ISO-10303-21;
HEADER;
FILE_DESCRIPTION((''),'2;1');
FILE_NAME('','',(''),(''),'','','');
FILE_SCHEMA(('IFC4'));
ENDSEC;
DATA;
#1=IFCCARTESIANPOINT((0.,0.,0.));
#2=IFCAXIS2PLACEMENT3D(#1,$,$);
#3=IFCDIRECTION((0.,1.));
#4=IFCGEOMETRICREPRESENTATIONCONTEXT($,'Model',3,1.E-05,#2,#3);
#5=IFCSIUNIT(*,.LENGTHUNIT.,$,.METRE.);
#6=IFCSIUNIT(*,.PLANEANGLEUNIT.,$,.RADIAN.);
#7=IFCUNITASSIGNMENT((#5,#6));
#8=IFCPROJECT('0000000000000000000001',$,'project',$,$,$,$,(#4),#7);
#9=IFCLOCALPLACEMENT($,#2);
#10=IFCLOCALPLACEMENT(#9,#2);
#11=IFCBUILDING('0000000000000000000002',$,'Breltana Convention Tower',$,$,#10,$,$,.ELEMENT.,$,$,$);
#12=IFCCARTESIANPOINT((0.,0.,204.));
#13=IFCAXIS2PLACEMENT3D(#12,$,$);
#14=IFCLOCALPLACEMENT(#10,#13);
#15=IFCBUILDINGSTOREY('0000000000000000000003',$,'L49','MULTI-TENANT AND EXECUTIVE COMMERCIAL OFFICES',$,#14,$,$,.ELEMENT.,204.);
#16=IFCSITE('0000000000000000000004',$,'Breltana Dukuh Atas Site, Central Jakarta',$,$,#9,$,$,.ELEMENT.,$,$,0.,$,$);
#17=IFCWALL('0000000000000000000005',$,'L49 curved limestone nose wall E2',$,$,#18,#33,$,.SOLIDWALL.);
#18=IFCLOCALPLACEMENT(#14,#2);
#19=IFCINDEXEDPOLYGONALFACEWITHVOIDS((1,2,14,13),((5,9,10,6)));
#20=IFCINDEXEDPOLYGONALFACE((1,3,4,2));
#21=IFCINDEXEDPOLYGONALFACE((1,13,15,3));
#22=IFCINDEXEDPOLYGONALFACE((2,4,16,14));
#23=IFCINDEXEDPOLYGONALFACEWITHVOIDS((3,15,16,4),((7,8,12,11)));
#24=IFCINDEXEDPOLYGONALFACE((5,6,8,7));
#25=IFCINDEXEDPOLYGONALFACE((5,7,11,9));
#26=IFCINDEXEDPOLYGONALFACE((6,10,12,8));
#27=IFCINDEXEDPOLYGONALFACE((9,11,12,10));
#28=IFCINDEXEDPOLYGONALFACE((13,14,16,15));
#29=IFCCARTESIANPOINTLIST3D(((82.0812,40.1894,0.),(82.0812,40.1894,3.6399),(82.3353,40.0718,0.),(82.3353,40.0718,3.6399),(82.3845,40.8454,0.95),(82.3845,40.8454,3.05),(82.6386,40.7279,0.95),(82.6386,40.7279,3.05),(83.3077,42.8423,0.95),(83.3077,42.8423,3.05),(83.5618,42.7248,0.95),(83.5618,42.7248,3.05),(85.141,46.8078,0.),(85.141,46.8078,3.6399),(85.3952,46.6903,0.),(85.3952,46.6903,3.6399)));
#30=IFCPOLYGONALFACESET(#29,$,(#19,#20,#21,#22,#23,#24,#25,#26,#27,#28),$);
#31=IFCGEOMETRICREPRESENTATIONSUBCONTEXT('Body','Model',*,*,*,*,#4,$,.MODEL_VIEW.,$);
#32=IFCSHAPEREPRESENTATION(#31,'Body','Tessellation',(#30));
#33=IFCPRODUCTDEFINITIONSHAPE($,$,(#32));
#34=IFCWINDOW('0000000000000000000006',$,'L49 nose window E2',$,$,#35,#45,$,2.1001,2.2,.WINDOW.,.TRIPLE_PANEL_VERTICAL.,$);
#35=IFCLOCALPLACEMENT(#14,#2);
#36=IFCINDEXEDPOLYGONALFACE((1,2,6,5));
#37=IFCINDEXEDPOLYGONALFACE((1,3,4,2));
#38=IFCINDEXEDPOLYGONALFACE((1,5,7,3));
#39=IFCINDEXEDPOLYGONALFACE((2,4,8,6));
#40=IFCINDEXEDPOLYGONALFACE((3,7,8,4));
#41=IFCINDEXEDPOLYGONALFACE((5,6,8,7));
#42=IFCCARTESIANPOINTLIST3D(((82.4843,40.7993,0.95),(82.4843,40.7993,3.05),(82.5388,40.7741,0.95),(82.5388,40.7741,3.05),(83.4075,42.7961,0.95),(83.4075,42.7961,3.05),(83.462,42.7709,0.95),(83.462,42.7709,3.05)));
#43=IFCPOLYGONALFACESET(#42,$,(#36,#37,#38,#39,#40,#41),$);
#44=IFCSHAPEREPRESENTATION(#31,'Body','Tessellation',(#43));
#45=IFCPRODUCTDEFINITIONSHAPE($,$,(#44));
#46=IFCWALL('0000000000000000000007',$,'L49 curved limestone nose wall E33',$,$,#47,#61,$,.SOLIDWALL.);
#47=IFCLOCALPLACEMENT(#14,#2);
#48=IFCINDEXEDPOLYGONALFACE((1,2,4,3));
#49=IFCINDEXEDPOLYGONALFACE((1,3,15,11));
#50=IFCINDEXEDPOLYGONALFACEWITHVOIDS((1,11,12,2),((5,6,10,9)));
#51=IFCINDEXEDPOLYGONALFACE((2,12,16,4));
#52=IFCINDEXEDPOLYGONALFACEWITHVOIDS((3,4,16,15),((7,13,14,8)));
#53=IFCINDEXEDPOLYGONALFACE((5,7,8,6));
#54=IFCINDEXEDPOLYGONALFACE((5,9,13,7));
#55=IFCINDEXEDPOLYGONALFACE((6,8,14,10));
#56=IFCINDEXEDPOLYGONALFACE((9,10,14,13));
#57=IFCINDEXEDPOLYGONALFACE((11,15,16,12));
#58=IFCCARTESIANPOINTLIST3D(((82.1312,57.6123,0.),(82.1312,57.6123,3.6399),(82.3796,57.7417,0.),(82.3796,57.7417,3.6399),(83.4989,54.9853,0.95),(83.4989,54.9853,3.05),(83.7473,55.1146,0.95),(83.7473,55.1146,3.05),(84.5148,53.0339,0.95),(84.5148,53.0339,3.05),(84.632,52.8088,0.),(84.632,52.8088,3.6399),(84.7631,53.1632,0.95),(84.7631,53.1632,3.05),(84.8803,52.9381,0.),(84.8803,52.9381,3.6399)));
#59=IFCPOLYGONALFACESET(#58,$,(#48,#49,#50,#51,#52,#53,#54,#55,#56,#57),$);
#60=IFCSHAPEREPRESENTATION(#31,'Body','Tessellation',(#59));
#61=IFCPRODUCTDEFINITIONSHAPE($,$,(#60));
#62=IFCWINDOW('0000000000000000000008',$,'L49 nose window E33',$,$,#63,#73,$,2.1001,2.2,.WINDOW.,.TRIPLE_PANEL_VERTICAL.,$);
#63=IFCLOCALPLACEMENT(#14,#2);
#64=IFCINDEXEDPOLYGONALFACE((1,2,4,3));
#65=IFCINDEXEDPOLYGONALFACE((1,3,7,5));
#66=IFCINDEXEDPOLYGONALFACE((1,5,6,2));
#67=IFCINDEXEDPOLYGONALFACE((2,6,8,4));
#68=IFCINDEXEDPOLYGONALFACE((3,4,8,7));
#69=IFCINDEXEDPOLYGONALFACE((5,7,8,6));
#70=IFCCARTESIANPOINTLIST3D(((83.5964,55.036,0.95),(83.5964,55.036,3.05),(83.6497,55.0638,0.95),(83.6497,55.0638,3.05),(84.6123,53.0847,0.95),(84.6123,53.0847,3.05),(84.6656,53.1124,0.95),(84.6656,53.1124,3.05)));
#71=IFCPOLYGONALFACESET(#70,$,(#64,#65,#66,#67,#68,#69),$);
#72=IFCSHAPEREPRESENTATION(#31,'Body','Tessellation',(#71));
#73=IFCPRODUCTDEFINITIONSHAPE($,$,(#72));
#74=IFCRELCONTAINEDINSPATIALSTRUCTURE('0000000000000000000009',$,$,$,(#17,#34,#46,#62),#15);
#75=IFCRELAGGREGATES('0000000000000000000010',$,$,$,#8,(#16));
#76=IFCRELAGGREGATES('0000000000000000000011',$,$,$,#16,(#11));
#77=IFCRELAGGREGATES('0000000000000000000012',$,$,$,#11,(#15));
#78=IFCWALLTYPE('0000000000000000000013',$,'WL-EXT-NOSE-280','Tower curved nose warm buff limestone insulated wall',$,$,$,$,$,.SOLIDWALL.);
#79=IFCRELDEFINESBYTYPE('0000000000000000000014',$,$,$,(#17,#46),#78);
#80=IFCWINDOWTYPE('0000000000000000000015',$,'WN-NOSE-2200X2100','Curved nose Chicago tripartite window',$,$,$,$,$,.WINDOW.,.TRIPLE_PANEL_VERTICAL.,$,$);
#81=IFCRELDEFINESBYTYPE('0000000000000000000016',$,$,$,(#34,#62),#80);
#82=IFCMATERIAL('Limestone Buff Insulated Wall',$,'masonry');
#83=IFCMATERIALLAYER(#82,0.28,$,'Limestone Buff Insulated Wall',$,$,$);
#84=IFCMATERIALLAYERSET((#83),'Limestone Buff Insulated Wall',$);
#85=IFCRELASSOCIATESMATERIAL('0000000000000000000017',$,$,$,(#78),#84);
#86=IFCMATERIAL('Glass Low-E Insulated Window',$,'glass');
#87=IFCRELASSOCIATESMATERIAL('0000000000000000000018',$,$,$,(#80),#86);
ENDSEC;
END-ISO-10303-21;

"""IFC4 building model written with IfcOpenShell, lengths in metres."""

from ifc_helpers import new_model, si_unit, direction, frame, frame_2d, origin, place, context, subcontext, project, spatial, rectangle, extrude, source, transform, mapped, material, layer, layer_set, type_object, type_shapes, element, fill, save


model = new_model("IFC4")

# Units and contexts
model_context = context("Model", 3, precision=1e-05, world=origin(), true_north=direction((0.0, 1.0)))
body_context = subcontext(model_context, "Body", "Model", "MODEL_VIEW")
ifc_project = project(units=[si_unit("LENGTHUNIT", "METRE"), si_unit("PLANEANGLEUNIT", "RADIAN")], contexts=[model_context])

# Site, building, storey
site_placement = place(None, origin())
site = spatial("IfcSite", under=ifc_project, at=site_placement, Name="Breltana Dukuh Atas Site, Central Jakarta", CompositionType="ELEMENT", RefElevation=0.0)
building_placement = place(site_placement, origin())
building = spatial("IfcBuilding", under=site, at=building_placement, Name="Breltana Convention Tower", CompositionType="ELEMENT")
storey_placement = place(building_placement, frame((0.0, 0.0, 204.0)))
storey = spatial("IfcBuildingStorey", under=building, at=storey_placement, Name="L49", Description="MULTI-TENANT AND EXECUTIVE COMMERCIAL OFFICES", CompositionType="ELEMENT", Elevation=204.0)

# Walls, openings, windows
ifc_material_1 = material(Name="Limestone Buff Insulated Wall", Category="masonry")
ifc_layer_1 = layer(ifc_material_1, 0.28, Name="Limestone Buff Insulated Wall")
ifc_layer_set_1 = layer_set([ifc_layer_1], Name="Limestone Buff Insulated Wall")
wall_type = type_object("IfcWallType", Name="WL-EXT-NOSE-280", Description="Tower curved nose warm buff limestone insulated wall", PredefinedType="SOLIDWALL", material=ifc_layer_set_1)
ifc_material_2 = material(Name="Glass Low-E Insulated Window", Category="glass")
window_type = type_object("IfcWindowType", Name="WN-NOSE-2200X2100", Description="Curved nose Chicago tripartite window", PartitioningType="TRIPLE_PANEL_VERTICAL", PredefinedType="WINDOW", material=ifc_material_2)
shared_shape_1 = source(origin(), body_context, "Body", "SweptSolid", [
    extrude(rectangle(XDim=2.2, YDim=2.1001, at=frame_2d((1.1001, 1.05))), frame((0.0, 0.03, 0.0), z_axis=(0.0, -1.0, 0.0), x_axis=(1.0, 0.0, 0.0)), (0.0, 0.0, 1.0), 0.0601),
])
type_shapes(window_type, [shared_shape_1])
shared_shape_2 = source(origin(), body_context, "Body", "SweptSolid", [
    extrude(rectangle(XDim=7.2915, YDim=0.28, at=frame_2d((3.6458, 0.0))), origin(), (0.0, 0.0, 1.0), 3.6399),
])
wall_1_placement = place(storey_placement, frame((85.2681, 46.749, 0.0), z_axis=(0.0, 0.0, 1.0), x_axis=(-0.419642, -0.90769, 0.0)))
wall_1 = element("IfcWall", 1, at=wall_1_placement, inside=storey, type_object=wall_type, Name="L49 curved limestone nose wall E2", PredefinedType="SOLIDWALL", context=body_context, shape_type="MappedRepresentation", body=[
    mapped(shared_shape_2, transform((0.0, 0.0, 0.0), scale=1.0)),
])
opening_1_placement = place(wall_1_placement, frame((4.3687, 0.0, 0.95)))
opening_1 = element("IfcOpeningElement", 2, at=opening_1_placement, cuts=wall_1, PredefinedType="OPENING", context=body_context, shape_type="SweptSolid", body=[
    extrude(rectangle(XDim=2.2, YDim=2.1001, at=frame_2d((1.1001, 1.05))), frame((0.0, 0.1499, 0.0), z_axis=(0.0, -1.0, 0.0), x_axis=(1.0, 0.0, 0.0)), (0.0, 0.0, 1.0), 0.3),
])
window_1_placement = place(opening_1_placement, origin())
window_1 = element("IfcWindow", 3, at=window_1_placement, inside=storey, type_object=window_type, Name="L49 nose window E2", OverallHeight=2.1001, OverallWidth=2.2, PartitioningType="TRIPLE_PANEL_VERTICAL", PredefinedType="WINDOW", context=body_context, shape_type="MappedRepresentation", body=[
    mapped(shared_shape_1, transform((0.0, 0.0, 0.0), scale=1.0)),
])
fill(opening_1, window_1)
shared_shape_3 = source(origin(), body_context, "Body", "SweptSolid", [
    extrude(rectangle(XDim=5.4155, YDim=0.28, at=frame_2d((2.7078, 0.0))), origin(), (0.0, 0.0, 1.0), 3.6399),
])
wall_2_placement = place(storey_placement, frame((82.2554, 57.677, 0.0), z_axis=(0.0, 0.0, 1.0), x_axis=(0.461779, -0.886995, 0.0)))
wall_2 = element("IfcWall", 4, at=wall_2_placement, inside=storey, type_object=wall_type, Name="L49 curved limestone nose wall E33", PredefinedType="SOLIDWALL", context=body_context, shape_type="MappedRepresentation", body=[
    mapped(shared_shape_3, transform((0.0, 0.0, 0.0), scale=1.0)),
])
opening_2_placement = place(wall_2_placement, frame((2.9617, 0.0, 0.95)))
opening_2 = element("IfcOpeningElement", 5, at=opening_2_placement, cuts=wall_2, PredefinedType="OPENING", context=body_context, shape_type="SweptSolid", body=[
    extrude(rectangle(XDim=2.2, YDim=2.1001, at=frame_2d((1.1001, 1.05))), frame((0.0, 0.1499, 0.0), z_axis=(0.0, -1.0, 0.0), x_axis=(1.0, 0.0, 0.0)), (0.0, 0.0, 1.0), 0.3),
])
window_2_placement = place(opening_2_placement, origin())
window_2 = element("IfcWindow", 6, at=window_2_placement, inside=storey, type_object=window_type, Name="L49 nose window E33", OverallHeight=2.1001, OverallWidth=2.2, PartitioningType="TRIPLE_PANEL_VERTICAL", PredefinedType="WINDOW", context=body_context, shape_type="MappedRepresentation", body=[
    mapped(shared_shape_1, transform((0.0, 0.0, 0.0), scale=1.0)),
])
fill(opening_2, window_2)

save(model, "model.ifc")
